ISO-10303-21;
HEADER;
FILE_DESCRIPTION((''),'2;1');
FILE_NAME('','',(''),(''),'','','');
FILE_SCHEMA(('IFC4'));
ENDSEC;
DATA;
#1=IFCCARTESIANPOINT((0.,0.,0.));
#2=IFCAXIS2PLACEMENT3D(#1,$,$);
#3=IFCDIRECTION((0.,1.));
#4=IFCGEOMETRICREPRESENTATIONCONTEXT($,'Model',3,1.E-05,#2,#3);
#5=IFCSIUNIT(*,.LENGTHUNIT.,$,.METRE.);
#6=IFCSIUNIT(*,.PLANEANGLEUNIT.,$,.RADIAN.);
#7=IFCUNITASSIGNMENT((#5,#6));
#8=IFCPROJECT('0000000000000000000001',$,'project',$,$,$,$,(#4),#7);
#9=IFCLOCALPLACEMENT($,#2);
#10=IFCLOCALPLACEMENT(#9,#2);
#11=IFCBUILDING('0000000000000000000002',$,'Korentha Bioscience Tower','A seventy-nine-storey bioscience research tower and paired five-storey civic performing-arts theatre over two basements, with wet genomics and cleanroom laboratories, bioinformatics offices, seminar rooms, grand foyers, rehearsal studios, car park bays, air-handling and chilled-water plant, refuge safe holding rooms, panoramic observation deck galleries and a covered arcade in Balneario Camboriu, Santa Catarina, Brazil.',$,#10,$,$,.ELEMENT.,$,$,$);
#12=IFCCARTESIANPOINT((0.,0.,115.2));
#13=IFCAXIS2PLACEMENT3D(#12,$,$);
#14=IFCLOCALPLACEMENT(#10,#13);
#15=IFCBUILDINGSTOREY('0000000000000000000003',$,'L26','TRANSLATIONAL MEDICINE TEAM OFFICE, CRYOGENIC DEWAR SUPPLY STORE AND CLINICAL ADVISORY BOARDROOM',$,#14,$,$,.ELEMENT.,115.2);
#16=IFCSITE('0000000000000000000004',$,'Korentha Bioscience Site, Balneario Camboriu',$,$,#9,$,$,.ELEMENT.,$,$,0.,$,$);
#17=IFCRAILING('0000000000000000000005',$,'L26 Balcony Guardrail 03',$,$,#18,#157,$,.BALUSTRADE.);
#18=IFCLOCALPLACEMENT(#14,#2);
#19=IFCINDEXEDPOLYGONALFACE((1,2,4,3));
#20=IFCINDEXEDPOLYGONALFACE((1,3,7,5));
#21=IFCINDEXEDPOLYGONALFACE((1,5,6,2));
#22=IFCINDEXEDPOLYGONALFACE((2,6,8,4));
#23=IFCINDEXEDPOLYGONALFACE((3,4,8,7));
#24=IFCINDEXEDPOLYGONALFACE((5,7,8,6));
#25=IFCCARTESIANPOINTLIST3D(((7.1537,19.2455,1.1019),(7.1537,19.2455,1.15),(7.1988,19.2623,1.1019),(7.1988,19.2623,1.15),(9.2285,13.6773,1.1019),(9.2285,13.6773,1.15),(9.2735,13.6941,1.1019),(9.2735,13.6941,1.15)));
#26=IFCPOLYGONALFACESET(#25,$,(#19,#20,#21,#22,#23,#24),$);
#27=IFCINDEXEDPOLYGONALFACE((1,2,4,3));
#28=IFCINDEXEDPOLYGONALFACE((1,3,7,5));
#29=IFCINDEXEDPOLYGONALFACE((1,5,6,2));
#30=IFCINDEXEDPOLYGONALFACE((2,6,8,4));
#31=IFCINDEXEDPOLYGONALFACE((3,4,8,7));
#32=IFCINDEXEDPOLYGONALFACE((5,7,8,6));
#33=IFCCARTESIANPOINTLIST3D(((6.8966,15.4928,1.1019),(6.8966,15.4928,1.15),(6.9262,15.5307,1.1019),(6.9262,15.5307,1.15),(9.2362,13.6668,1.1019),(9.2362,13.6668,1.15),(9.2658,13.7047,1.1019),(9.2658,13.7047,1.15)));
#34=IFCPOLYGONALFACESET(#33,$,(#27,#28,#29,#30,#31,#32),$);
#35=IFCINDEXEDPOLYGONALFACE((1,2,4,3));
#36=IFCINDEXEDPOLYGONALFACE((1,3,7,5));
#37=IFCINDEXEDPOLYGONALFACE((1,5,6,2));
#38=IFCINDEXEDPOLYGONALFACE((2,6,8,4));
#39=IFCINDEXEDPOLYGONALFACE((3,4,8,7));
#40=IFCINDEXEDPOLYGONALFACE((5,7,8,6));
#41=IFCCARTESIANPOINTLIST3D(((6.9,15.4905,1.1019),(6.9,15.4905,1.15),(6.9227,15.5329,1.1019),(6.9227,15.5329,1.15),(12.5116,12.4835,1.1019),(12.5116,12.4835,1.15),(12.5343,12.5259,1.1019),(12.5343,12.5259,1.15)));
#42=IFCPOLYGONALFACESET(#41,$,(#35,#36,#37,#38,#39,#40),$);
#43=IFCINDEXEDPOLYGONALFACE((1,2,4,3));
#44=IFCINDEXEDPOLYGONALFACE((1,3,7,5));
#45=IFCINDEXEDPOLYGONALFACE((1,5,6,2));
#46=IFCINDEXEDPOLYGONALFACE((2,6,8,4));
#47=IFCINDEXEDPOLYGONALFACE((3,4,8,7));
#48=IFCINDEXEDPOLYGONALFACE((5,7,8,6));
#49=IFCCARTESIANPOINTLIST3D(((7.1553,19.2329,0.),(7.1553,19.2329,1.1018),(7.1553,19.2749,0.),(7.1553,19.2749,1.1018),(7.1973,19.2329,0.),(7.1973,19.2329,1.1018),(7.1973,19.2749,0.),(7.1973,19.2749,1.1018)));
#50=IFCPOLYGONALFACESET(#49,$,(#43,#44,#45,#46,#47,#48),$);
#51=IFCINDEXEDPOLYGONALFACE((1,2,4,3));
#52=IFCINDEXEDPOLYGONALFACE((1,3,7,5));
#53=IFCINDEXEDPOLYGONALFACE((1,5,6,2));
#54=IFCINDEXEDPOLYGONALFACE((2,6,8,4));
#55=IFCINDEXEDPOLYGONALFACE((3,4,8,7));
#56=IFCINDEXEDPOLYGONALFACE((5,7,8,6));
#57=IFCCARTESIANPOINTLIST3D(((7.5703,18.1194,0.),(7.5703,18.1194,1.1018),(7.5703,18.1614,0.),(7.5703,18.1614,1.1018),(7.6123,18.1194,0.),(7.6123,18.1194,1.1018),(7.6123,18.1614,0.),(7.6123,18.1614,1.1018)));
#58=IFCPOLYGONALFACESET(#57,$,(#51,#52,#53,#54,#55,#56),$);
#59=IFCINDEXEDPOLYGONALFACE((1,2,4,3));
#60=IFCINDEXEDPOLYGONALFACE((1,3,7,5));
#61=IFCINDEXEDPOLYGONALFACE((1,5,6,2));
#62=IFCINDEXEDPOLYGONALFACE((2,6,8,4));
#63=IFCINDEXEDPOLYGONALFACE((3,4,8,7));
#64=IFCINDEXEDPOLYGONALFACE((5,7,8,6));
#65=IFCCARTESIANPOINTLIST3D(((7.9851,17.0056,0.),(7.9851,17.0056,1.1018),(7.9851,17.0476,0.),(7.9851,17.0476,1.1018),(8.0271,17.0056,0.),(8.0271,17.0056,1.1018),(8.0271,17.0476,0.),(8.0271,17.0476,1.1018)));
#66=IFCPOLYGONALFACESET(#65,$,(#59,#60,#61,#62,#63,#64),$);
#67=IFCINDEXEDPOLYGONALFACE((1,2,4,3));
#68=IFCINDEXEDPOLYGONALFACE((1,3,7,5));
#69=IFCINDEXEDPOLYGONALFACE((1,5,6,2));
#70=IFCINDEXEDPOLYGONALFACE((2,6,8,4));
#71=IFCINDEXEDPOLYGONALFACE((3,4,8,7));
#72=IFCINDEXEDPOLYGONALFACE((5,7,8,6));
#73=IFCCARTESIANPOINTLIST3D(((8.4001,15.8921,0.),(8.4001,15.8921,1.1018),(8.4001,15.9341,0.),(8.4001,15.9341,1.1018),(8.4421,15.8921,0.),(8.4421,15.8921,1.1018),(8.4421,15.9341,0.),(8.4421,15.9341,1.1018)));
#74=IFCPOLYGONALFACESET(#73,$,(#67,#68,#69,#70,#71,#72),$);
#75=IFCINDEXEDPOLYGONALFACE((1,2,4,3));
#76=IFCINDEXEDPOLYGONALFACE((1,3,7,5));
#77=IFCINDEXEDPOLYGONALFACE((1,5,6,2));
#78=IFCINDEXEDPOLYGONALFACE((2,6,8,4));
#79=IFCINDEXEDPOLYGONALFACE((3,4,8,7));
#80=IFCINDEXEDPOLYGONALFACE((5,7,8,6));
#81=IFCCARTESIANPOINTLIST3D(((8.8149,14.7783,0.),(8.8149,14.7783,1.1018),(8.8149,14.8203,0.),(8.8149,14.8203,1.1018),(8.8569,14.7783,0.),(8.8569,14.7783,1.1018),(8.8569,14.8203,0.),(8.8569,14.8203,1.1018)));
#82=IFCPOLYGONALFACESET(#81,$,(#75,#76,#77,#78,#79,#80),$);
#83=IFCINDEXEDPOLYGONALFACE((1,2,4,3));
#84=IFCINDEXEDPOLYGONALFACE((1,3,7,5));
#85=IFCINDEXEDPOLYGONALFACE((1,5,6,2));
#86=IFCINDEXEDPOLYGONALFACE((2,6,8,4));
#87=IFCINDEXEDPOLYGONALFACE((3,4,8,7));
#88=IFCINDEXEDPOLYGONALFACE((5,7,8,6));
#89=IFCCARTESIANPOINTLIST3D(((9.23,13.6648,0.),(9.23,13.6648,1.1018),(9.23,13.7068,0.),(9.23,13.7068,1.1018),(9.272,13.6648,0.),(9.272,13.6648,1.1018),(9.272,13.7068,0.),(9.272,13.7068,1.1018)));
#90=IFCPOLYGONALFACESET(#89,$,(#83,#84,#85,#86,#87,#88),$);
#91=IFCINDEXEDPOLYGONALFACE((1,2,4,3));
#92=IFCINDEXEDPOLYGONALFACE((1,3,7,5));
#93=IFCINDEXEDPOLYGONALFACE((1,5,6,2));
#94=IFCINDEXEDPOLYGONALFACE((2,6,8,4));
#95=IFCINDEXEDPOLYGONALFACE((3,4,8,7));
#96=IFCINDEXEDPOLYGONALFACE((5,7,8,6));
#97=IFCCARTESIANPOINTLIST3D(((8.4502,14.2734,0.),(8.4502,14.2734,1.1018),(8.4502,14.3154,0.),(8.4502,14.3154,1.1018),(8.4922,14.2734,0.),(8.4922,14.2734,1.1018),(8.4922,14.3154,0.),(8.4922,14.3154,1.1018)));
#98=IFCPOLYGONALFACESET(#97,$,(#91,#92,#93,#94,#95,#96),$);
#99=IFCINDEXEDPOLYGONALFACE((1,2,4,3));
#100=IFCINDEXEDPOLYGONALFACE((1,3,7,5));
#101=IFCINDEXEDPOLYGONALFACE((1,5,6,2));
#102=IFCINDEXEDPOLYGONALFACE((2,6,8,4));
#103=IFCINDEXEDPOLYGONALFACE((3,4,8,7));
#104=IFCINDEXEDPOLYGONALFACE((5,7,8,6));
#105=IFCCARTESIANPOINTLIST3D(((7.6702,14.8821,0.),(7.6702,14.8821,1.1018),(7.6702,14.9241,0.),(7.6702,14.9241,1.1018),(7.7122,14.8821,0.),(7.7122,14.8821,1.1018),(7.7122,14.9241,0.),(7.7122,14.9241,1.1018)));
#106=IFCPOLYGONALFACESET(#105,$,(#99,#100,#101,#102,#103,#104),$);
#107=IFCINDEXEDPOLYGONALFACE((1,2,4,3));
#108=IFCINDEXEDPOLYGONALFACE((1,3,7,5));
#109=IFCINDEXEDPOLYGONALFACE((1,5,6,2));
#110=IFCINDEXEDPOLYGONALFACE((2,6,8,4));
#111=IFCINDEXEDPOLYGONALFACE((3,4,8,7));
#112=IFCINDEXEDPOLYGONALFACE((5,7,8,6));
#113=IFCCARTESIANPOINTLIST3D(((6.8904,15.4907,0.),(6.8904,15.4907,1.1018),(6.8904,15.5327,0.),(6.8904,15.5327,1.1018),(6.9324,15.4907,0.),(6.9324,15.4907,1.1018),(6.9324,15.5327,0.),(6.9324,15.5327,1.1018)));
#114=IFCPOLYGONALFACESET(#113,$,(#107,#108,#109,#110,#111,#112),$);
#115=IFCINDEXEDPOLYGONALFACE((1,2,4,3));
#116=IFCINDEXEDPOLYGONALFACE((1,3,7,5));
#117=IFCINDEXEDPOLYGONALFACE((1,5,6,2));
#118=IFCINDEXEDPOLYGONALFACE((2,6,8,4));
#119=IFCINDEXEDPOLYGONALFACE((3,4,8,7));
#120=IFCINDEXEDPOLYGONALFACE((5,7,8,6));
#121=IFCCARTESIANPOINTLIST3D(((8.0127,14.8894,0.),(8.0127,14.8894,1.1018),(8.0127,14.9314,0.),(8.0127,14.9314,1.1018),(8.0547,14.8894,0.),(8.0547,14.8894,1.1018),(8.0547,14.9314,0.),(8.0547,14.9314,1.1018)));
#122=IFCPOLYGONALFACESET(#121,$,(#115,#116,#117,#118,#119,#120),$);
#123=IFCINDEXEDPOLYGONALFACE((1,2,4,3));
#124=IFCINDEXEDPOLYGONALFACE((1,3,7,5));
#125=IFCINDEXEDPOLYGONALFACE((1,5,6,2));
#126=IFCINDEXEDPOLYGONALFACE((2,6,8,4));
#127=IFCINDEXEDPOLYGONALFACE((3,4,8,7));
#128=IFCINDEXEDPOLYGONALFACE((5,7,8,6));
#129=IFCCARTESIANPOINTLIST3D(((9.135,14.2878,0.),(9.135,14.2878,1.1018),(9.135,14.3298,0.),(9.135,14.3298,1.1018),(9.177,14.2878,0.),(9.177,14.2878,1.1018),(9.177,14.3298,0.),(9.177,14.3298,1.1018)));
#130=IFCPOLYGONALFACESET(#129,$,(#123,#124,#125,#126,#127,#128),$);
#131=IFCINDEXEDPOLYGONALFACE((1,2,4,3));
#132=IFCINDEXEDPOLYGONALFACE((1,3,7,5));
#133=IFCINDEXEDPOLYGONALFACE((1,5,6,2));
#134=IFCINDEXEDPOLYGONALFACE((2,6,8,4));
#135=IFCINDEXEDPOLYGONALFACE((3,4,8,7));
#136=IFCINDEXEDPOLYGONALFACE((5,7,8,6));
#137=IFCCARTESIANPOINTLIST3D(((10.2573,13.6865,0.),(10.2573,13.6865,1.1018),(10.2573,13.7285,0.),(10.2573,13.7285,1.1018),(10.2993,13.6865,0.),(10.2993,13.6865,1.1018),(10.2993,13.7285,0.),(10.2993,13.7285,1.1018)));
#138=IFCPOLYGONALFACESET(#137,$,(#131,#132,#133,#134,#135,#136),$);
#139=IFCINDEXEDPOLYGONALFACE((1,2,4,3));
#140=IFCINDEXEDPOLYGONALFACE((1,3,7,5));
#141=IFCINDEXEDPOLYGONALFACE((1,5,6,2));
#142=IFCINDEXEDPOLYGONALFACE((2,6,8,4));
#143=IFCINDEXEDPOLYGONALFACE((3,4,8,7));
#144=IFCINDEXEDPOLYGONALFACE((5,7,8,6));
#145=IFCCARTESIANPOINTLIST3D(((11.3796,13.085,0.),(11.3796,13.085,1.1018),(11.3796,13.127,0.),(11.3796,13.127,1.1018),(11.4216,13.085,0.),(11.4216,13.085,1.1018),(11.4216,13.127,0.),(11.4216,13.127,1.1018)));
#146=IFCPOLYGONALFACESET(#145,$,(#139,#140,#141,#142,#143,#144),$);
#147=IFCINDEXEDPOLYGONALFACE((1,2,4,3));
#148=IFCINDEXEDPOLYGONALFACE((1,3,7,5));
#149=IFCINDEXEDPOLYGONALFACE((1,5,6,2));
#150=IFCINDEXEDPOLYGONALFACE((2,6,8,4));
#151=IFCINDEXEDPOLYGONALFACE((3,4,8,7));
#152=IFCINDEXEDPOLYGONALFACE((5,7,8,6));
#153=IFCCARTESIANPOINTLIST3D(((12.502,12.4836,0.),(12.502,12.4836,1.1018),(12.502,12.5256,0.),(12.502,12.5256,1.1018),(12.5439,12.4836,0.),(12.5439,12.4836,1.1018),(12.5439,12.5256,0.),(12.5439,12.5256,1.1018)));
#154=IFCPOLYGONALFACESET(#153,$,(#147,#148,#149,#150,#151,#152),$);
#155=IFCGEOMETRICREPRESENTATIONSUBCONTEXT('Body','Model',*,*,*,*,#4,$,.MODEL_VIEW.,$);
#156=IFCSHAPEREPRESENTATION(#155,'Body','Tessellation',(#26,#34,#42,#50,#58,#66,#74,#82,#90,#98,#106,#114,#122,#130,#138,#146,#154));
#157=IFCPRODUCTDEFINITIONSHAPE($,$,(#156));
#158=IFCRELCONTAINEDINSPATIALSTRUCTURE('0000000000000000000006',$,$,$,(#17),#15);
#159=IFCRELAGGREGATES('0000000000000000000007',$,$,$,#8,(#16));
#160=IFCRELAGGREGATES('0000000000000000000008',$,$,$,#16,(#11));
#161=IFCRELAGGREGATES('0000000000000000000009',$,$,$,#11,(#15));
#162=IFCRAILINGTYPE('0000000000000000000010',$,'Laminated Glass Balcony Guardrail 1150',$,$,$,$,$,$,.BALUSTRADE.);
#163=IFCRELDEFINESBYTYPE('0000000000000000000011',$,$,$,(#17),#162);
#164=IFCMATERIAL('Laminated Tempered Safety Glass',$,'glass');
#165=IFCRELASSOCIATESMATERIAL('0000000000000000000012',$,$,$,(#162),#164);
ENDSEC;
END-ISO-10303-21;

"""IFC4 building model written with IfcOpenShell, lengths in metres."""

from ifc_helpers import new_model, si_unit, direction, frame, origin, origin_2d, place, context, subcontext, project, spatial, rectangle, extrude, material, type_object, element, save


model = new_model("IFC4")

# Units and contexts
model_context = context("Model", 3, precision=1e-05, world=origin(), true_north=direction((0.0, 1.0)))
body_context = subcontext(model_context, "Body", "Model", "MODEL_VIEW")
ifc_project = project(units=[si_unit("LENGTHUNIT", "METRE"), si_unit("PLANEANGLEUNIT", "RADIAN")], contexts=[model_context])

# Site, building, storey
site_placement = place(None, origin())
site = spatial("IfcSite", under=ifc_project, at=site_placement, Name="Korentha Bioscience Site, Balneario Camboriu", CompositionType="ELEMENT", RefElevation=0.0)
building_placement = place(site_placement, origin())
building = spatial("IfcBuilding", under=site, at=building_placement, Name="Korentha Bioscience Tower", Description="A seventy-nine-storey bioscience research tower and paired five-storey civic performing-arts theatre over two basements, with wet genomics and cleanroom laboratories, bioinformatics offices, seminar rooms, grand foyers, rehearsal studios, car park bays, air-handling and chilled-water plant, refuge safe holding rooms, panoramic observation deck galleries and a covered arcade in Balneario Camboriu, Santa Catarina, Brazil.", CompositionType="ELEMENT")
storey_placement = place(building_placement, frame((0.0, 0.0, 115.2)))
storey = spatial("IfcBuildingStorey", under=building, at=storey_placement, Name="L26", Description="TRANSLATIONAL MEDICINE TEAM OFFICE, CRYOGENIC DEWAR SUPPLY STORE AND CLINICAL ADVISORY BOARDROOM", CompositionType="ELEMENT", Elevation=115.2)

# Railing
ifc_material_1 = material(Name="Laminated Tempered Safety Glass", Category="glass")
railing_type = type_object("IfcRailingType", Name="Laminated Glass Balcony Guardrail 1150", PredefinedType="BALUSTRADE", material=ifc_material_1)
railing_placement = place(storey_placement, frame((7.1763, 19.2539, 0.0)))
element("IfcRailing", 1, at=railing_placement, inside=storey, type_object=railing_type, Name="L26 Balcony Guardrail 03", PredefinedType="BALUSTRADE", context=body_context, shape_type="SweptSolid", body=[
    extrude(rectangle(XDim=0.0481, YDim=0.0481, at=origin_2d()), frame((0.0, 0.0, 1.126), z_axis=(0.349155, -0.937065, 0.0), x_axis=(0.937065, 0.349155, 0.0)), (0.0, 0.0, 1.0), 5.9421),
    extrude(rectangle(XDim=0.0481, YDim=0.0481, at=origin_2d()), frame((2.0747, -5.5681, 1.126), z_axis=(-0.788332, 0.61525, 0.0), x_axis=(-0.61525, -0.788332, 0.0)), (0.0, 0.0, 1.0), 2.9678),
    extrude(rectangle(XDim=0.0481, YDim=0.0481, at=origin_2d()), frame((-0.2649, -3.7422, 1.126), z_axis=(0.881422, -0.472329, 0.0), x_axis=(0.472329, 0.881422, 0.0)), (0.0, 0.0, 1.0), 6.3665),
    extrude(rectangle(XDim=0.042, YDim=0.042, at=origin_2d()), origin(), (0.0, 0.0, 1.0), 1.1018),
    extrude(rectangle(XDim=0.042, YDim=0.042, at=origin_2d()), frame((0.415, -1.1135, 0.0)), (0.0, 0.0, 1.0), 1.1018),
    extrude(rectangle(XDim=0.042, YDim=0.042, at=origin_2d()), frame((0.8298, -2.2273, 0.0)), (0.0, 0.0, 1.0), 1.1018),
    extrude(rectangle(XDim=0.042, YDim=0.042, at=origin_2d()), frame((1.2449, -3.3408, 0.0)), (0.0, 0.0, 1.0), 1.1018),
    extrude(rectangle(XDim=0.042, YDim=0.042, at=origin_2d()), frame((1.6597, -4.4546, 0.0)), (0.0, 0.0, 1.0), 1.1018),
    extrude(rectangle(XDim=0.042, YDim=0.042, at=origin_2d()), frame((2.0747, -5.5681, 0.0)), (0.0, 0.0, 1.0), 1.1018),
    extrude(rectangle(XDim=0.042, YDim=0.042, at=origin_2d()), frame((1.2949, -4.9595, 0.0)), (0.0, 0.0, 1.0), 1.1018),
    extrude(rectangle(XDim=0.042, YDim=0.042, at=origin_2d()), frame((0.5149, -4.3508, 0.0)), (0.0, 0.0, 1.0), 1.1018),
    extrude(rectangle(XDim=0.042, YDim=0.042, at=origin_2d()), frame((-0.2649, -3.7422, 0.0)), (0.0, 0.0, 1.0), 1.1018),
    extrude(rectangle(XDim=0.042, YDim=0.042, at=origin_2d()), frame((0.8574, -4.3435, 0.0)), (0.0, 0.0, 1.0), 1.1018),
    extrude(rectangle(XDim=0.042, YDim=0.042, at=origin_2d()), frame((1.9797, -4.9451, 0.0)), (0.0, 0.0, 1.0), 1.1018),
    extrude(rectangle(XDim=0.042, YDim=0.042, at=origin_2d()), frame((3.1021, -5.5464, 0.0)), (0.0, 0.0, 1.0), 1.1018),
    extrude(rectangle(XDim=0.042, YDim=0.042, at=origin_2d()), frame((4.2244, -6.1479, 0.0)), (0.0, 0.0, 1.0), 1.1018),
    extrude(rectangle(XDim=0.042, YDim=0.042, at=origin_2d()), frame((5.3467, -6.7493, 0.0)), (0.0, 0.0, 1.0), 1.1018),
])

save(model, "model.ifc")
